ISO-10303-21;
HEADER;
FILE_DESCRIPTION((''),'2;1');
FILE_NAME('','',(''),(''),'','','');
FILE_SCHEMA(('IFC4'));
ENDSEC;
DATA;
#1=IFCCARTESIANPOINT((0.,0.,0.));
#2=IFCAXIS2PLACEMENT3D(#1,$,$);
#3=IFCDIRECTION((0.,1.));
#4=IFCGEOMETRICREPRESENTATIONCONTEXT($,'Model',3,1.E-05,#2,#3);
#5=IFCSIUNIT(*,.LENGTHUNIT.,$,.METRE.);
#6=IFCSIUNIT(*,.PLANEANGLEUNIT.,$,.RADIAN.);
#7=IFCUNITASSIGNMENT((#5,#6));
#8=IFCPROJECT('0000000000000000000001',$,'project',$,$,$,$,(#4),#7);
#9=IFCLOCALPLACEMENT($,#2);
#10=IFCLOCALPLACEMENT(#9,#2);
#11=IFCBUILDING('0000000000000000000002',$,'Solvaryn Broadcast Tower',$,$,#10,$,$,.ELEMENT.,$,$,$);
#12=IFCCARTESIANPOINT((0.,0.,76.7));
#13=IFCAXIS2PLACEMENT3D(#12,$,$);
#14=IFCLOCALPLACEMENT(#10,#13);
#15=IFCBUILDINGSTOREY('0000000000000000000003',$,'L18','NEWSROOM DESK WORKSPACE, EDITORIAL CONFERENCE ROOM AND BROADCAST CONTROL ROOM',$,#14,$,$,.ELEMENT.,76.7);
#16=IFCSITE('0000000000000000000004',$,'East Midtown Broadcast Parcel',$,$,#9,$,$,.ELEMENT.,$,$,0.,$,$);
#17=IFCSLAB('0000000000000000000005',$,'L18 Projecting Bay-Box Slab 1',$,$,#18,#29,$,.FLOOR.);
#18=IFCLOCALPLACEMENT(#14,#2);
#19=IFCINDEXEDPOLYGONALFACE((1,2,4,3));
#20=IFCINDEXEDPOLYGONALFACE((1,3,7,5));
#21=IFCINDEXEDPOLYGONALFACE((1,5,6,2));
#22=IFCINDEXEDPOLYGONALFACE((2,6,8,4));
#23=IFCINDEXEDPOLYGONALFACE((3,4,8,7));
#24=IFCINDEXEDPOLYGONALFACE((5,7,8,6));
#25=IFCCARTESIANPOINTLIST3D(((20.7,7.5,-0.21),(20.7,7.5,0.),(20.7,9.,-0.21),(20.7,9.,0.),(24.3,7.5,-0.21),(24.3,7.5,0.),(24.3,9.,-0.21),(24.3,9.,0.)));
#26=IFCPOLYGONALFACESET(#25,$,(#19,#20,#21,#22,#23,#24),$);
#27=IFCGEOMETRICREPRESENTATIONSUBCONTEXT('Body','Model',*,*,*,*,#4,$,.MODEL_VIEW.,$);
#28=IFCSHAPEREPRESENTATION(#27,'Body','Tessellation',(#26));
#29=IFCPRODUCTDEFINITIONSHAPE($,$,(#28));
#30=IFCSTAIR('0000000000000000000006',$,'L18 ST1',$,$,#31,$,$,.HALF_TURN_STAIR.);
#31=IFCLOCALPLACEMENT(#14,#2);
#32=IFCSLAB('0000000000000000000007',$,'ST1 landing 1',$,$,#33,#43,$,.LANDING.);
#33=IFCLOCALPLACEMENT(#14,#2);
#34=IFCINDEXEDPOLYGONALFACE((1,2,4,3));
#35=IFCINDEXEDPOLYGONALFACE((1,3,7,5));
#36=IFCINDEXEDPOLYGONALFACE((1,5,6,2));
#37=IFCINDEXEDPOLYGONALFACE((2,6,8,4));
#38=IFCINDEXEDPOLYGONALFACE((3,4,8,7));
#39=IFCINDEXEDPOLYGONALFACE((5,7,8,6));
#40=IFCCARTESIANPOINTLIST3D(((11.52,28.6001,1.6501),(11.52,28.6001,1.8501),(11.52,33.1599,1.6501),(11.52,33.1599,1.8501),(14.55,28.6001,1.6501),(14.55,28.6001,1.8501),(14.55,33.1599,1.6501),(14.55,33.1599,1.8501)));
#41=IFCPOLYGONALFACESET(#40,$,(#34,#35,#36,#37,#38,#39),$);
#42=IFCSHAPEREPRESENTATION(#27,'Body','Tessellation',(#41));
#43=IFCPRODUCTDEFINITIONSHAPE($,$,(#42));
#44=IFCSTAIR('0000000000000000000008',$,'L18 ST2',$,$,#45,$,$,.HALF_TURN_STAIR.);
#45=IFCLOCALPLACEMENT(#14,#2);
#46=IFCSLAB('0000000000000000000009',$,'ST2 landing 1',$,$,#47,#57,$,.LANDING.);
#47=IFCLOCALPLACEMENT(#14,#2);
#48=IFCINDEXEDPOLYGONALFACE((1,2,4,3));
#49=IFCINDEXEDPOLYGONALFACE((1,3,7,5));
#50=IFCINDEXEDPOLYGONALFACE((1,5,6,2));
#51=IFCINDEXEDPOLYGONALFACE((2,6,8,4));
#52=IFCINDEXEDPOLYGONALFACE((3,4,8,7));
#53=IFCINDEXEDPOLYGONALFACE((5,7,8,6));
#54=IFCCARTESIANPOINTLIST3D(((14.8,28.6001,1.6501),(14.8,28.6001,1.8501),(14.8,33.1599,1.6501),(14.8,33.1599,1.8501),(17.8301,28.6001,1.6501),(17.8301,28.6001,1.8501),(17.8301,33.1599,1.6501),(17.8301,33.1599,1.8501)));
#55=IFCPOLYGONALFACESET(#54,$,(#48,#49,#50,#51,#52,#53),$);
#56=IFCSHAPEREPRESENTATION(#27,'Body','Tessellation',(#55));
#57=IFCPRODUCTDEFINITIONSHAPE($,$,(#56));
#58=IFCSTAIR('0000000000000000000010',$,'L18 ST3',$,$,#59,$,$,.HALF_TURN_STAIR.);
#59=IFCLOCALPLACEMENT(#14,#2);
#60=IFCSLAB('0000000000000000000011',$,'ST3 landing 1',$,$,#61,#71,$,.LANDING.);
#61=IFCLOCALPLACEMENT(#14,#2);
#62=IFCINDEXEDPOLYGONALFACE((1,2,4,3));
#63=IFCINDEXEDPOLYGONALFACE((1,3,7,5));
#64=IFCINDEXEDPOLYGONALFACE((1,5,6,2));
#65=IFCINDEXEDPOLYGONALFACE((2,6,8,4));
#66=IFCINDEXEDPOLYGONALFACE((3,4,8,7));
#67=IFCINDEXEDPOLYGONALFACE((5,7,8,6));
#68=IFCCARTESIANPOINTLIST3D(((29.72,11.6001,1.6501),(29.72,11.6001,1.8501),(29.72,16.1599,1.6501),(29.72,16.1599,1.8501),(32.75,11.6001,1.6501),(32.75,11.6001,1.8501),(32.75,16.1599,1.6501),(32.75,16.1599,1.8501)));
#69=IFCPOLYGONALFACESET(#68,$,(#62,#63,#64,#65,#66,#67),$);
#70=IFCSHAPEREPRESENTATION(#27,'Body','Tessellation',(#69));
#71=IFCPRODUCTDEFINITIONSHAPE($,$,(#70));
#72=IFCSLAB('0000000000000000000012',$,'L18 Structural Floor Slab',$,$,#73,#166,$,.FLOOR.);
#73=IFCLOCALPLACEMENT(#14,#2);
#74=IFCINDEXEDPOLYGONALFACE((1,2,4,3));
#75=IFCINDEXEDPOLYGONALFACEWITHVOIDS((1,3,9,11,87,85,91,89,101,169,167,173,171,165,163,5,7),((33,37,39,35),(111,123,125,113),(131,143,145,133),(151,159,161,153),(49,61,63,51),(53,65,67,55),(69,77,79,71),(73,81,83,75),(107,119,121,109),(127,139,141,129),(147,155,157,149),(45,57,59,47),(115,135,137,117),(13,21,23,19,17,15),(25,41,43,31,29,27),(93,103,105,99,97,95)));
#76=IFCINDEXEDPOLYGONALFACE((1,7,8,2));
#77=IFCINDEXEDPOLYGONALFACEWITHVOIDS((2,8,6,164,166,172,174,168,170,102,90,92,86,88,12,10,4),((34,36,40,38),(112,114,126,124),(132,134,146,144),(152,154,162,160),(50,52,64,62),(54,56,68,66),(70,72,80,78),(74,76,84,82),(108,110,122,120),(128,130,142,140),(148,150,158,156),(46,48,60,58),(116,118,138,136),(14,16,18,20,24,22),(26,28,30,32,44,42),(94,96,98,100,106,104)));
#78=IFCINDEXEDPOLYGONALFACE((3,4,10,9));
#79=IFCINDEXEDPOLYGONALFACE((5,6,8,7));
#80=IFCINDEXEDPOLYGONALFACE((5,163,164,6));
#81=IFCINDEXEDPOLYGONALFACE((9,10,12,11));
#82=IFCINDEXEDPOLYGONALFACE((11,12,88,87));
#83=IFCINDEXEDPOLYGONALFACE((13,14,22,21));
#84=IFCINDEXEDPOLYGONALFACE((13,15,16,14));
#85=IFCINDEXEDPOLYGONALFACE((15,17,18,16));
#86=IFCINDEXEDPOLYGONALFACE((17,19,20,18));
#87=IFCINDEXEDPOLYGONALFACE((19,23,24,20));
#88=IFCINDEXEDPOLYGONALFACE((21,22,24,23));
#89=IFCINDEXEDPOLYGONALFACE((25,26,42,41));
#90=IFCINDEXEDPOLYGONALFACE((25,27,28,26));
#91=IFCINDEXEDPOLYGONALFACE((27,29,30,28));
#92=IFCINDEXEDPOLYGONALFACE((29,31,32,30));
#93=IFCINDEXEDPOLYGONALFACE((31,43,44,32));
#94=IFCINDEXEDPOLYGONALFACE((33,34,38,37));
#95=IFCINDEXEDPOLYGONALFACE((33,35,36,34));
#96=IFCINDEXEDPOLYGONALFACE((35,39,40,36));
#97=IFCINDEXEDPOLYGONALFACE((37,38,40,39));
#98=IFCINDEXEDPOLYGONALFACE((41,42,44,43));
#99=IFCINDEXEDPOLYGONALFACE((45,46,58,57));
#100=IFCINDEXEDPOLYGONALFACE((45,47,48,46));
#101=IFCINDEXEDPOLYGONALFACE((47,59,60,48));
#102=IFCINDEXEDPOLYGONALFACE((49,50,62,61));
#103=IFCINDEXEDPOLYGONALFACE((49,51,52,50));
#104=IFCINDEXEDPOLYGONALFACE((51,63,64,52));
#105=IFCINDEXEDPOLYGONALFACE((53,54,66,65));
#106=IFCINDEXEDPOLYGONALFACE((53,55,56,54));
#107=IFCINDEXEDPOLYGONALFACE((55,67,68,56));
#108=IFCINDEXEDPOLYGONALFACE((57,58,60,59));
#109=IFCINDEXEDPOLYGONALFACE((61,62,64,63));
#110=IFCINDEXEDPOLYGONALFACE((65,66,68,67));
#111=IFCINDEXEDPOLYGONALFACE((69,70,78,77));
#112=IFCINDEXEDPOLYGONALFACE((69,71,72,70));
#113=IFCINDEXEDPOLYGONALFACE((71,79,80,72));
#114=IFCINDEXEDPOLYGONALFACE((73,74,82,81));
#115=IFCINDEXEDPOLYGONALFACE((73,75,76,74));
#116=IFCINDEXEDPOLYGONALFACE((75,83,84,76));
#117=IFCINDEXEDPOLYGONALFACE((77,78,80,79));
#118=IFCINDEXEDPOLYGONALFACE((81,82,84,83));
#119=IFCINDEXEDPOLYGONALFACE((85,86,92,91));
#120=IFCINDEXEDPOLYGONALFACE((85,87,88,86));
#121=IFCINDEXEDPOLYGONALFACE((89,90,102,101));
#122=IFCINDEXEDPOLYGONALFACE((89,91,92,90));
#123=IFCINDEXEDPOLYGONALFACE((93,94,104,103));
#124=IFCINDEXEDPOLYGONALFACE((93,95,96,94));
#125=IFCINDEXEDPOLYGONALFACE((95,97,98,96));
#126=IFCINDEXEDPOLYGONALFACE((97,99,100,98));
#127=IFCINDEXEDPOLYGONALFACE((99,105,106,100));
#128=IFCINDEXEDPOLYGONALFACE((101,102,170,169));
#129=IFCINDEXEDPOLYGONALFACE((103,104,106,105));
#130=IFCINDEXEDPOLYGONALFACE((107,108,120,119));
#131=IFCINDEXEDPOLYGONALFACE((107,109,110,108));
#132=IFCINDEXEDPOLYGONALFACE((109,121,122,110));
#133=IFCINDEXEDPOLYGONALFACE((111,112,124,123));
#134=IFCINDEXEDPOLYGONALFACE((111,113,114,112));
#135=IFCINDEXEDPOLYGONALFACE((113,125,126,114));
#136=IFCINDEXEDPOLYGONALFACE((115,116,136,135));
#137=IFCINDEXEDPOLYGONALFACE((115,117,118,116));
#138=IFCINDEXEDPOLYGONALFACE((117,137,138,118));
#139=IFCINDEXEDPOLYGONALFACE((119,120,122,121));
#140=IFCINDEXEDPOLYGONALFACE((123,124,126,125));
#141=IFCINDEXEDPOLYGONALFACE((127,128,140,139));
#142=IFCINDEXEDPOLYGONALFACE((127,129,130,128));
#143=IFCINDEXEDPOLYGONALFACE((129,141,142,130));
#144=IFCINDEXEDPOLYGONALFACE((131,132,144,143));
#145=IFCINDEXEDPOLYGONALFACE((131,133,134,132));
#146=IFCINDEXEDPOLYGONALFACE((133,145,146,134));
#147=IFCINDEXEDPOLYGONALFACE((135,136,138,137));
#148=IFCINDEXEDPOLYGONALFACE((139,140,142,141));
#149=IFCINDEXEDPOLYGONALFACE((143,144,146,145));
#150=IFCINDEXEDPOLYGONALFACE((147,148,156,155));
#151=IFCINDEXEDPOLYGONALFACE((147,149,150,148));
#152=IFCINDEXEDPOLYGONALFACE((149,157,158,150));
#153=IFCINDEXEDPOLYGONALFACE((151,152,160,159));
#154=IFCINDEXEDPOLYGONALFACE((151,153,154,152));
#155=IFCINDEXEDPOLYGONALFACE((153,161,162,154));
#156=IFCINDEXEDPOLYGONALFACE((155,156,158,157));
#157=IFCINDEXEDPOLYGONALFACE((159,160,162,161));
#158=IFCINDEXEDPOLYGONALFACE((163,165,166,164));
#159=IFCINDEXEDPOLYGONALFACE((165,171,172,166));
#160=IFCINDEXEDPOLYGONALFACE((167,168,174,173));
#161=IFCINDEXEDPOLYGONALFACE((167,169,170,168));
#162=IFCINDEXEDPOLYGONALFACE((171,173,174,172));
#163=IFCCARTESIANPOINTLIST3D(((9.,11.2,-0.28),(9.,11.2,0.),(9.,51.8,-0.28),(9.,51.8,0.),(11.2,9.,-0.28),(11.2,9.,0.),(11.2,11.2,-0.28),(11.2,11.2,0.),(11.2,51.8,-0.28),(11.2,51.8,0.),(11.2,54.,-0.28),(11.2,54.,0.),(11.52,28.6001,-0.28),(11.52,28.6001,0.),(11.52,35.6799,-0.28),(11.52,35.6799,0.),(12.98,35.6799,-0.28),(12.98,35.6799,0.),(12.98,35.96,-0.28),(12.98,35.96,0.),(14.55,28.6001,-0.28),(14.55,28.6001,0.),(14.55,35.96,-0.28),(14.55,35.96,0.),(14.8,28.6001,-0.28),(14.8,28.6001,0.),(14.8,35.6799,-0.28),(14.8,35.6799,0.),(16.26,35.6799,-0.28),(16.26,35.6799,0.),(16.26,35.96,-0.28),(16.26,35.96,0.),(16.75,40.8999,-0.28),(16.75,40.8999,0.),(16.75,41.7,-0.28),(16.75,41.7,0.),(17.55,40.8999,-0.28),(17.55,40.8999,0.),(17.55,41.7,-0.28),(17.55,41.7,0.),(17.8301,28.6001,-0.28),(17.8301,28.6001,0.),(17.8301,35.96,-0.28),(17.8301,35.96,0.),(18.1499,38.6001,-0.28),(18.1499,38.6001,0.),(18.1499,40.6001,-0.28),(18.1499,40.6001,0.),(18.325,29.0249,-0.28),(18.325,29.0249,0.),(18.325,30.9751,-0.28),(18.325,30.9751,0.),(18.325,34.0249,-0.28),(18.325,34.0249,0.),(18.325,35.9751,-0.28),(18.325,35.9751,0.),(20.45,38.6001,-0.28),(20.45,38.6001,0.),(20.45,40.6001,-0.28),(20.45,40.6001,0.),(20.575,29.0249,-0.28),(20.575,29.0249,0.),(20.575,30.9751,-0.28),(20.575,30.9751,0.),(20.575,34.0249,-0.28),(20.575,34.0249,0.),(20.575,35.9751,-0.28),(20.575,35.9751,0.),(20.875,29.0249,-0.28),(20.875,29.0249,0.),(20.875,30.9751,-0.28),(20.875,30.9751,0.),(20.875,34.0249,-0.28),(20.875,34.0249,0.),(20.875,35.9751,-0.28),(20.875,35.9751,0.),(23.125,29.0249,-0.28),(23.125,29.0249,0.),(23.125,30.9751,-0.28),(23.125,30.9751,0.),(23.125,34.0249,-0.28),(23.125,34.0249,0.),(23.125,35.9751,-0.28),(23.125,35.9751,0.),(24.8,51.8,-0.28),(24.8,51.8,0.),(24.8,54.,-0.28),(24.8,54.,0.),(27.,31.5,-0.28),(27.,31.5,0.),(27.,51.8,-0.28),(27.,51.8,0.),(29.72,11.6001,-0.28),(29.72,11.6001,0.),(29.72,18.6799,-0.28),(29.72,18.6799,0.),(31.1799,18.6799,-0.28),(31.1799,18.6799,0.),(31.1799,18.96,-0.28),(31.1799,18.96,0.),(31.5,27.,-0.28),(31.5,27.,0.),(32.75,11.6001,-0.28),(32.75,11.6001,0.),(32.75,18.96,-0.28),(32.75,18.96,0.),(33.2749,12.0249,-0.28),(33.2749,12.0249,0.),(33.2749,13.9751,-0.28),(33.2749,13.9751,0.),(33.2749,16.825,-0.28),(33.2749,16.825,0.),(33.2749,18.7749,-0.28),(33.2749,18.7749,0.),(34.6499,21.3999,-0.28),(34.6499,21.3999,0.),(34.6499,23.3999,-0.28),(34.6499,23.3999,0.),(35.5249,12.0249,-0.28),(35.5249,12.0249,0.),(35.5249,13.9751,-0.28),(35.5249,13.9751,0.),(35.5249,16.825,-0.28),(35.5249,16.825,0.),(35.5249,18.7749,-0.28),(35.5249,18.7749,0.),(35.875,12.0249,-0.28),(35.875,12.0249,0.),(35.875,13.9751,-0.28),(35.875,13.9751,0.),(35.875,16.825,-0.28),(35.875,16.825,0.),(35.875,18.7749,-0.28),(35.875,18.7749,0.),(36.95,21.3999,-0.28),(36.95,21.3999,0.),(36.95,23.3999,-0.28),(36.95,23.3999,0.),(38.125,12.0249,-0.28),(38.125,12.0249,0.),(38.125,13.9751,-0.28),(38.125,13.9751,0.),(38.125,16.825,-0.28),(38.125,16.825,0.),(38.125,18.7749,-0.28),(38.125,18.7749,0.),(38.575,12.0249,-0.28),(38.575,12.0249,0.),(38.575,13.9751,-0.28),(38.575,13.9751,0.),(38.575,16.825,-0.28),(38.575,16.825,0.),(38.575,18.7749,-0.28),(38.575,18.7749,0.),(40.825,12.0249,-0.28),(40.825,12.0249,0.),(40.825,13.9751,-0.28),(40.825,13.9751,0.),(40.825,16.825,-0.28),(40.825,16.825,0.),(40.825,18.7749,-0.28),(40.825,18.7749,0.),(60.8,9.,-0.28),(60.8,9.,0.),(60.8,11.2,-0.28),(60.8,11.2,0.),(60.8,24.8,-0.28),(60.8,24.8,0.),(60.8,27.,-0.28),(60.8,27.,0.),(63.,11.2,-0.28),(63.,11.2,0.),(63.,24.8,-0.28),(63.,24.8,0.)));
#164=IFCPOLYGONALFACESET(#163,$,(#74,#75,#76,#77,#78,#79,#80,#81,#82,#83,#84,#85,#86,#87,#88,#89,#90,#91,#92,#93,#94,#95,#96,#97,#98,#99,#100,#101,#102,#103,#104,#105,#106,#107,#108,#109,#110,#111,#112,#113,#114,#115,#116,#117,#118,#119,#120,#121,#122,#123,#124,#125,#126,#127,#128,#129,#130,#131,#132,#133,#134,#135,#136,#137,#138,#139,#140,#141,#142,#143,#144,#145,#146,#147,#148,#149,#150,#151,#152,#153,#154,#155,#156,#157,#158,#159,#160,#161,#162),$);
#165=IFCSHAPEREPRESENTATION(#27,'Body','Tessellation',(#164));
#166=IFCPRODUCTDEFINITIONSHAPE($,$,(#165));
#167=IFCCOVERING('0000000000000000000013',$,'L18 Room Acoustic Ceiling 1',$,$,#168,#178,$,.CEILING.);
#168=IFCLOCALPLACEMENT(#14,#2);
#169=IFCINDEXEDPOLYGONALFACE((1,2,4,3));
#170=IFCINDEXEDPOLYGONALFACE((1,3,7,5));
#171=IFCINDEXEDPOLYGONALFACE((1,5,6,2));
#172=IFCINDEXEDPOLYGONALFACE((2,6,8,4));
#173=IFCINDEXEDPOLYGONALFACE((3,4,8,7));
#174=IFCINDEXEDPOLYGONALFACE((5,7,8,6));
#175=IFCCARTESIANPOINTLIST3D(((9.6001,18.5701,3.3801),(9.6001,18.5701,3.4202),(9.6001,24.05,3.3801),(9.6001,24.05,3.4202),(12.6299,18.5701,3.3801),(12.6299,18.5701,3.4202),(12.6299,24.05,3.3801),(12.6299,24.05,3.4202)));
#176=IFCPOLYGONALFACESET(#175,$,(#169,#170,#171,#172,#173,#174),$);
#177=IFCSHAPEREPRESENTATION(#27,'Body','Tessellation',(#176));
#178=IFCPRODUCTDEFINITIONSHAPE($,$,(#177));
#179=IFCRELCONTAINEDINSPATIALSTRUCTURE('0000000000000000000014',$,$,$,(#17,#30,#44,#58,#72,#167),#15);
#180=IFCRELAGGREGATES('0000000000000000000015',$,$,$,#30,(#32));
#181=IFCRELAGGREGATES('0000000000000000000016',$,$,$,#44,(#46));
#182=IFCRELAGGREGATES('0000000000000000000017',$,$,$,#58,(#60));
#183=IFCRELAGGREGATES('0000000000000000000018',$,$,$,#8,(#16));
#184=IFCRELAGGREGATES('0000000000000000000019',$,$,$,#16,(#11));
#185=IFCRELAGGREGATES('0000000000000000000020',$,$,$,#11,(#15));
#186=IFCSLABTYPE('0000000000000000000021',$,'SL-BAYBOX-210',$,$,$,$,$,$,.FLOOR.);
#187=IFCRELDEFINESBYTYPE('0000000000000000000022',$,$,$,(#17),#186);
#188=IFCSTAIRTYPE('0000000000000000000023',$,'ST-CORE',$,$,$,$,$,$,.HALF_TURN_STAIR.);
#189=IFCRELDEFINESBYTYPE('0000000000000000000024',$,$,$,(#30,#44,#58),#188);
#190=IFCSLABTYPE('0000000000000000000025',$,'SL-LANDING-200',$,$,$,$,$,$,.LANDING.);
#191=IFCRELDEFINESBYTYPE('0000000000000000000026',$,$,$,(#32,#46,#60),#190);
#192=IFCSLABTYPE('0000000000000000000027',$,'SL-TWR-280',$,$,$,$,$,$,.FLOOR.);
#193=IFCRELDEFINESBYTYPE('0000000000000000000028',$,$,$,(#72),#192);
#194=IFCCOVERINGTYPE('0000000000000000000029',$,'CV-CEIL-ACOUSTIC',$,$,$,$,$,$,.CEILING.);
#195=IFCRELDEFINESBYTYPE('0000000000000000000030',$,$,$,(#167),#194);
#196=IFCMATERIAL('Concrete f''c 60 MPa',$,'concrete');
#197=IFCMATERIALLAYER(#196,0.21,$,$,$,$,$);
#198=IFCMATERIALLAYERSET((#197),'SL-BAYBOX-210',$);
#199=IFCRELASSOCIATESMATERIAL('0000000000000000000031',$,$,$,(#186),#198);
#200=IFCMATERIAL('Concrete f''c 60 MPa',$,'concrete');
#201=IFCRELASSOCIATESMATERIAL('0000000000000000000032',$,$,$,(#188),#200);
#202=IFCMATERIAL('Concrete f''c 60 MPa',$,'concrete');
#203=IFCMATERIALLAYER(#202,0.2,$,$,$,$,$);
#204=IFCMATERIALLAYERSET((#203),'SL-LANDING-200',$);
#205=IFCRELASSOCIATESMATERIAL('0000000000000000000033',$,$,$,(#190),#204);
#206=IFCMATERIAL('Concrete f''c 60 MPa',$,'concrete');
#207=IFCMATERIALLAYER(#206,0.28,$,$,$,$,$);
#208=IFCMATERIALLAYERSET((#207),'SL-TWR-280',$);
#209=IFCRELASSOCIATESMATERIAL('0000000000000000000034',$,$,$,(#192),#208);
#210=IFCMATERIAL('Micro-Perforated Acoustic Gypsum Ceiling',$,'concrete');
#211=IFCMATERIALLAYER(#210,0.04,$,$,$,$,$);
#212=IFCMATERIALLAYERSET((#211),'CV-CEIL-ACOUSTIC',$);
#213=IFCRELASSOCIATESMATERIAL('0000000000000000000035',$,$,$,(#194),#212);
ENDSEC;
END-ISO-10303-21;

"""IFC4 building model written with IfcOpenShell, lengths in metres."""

from ifc_helpers import new_model, si_unit, direction, frame, origin, place, context, subcontext, project, spatial, polyline, outline, extrude, material, layer, layer_set, type_object, element, aggregate, save


model = new_model("IFC4")

# Units and contexts
model_context = context("Model", 3, precision=1e-05, world=origin(), true_north=direction((0.0, 1.0)))
body_context = subcontext(model_context, "Body", "Model", "MODEL_VIEW")
ifc_project = project(units=[si_unit("LENGTHUNIT", "METRE"), si_unit("PLANEANGLEUNIT", "RADIAN")], contexts=[model_context])

# Site, building, storey
site_placement = place(None, origin())
site = spatial("IfcSite", under=ifc_project, at=site_placement, Name="East Midtown Broadcast Parcel", CompositionType="ELEMENT", RefElevation=0.0)
building_placement = place(site_placement, origin())
building = spatial("IfcBuilding", under=site, at=building_placement, Name="Solvaryn Broadcast Tower", CompositionType="ELEMENT")
storey_placement = place(building_placement, frame((0.0, 0.0, 76.7)))
storey = spatial("IfcBuildingStorey", under=building, at=storey_placement, Name="L18", Description="NEWSROOM DESK WORKSPACE, EDITORIAL CONFERENCE ROOM AND BROADCAST CONTROL ROOM", CompositionType="ELEMENT", Elevation=76.7)

# Slab
ifc_material_1 = material(Name="Concrete f'c 60 MPa", Category="concrete")
ifc_layer_1 = layer(ifc_material_1, 0.21)
ifc_layer_set_1 = layer_set([ifc_layer_1], Name="SL-BAYBOX-210")
slab_type_1 = type_object("IfcSlabType", Name="SL-BAYBOX-210", PredefinedType="FLOOR", material=ifc_layer_set_1)
slab_1_placement = place(storey_placement, frame((0.0, 0.0, -0.21)))
element("IfcSlab", 1, at=slab_1_placement, inside=storey, type_object=slab_type_1, Name="L18 Projecting Bay-Box Slab 1", PredefinedType="FLOOR", context=body_context, shape_type="SweptSolid", body=[
    extrude(outline(polyline([(20.7, 7.5), (24.3, 7.5), (24.3, 9.0), (20.7, 9.0), (20.7, 7.5)])), origin(), (0.0, 0.0, 1.0), 0.21),
])

# Stairs, slabs
ifc_material_2 = material(Name="Concrete f'c 60 MPa", Category="concrete")
stair_type = type_object("IfcStairType", Name="ST-CORE", PredefinedType="HALF_TURN_STAIR", material=ifc_material_2)
stair_1_placement = place(storey_placement, origin())
stair_1 = element("IfcStair", 2, at=stair_1_placement, inside=storey, type_object=stair_type, Name="L18 ST1", PredefinedType="HALF_TURN_STAIR")
ifc_material_3 = material(Name="Concrete f'c 60 MPa", Category="concrete")
ifc_layer_2 = layer(ifc_material_3, 0.2)
ifc_layer_set_2 = layer_set([ifc_layer_2], Name="SL-LANDING-200")
slab_type_2 = type_object("IfcSlabType", Name="SL-LANDING-200", PredefinedType="LANDING", material=ifc_layer_set_2)
slab_2_placement = place(storey_placement, frame((0.0, 0.0, 1.6501)))
slab_2 = element("IfcSlab", 3, at=slab_2_placement, type_object=slab_type_2, Name="ST1 landing 1", PredefinedType="LANDING", context=body_context, shape_type="SweptSolid", body=[
    extrude(outline(polyline([(11.52, 33.1599), (11.52, 28.6001), (14.55, 28.6001), (14.55, 33.1599), (11.52, 33.1599)])), origin(), (0.0, 0.0, 1.0), 0.2),
])
aggregate(stair_1, [slab_2])
stair_2_placement = place(storey_placement, origin())
stair_2 = element("IfcStair", 4, at=stair_2_placement, inside=storey, type_object=stair_type, Name="L18 ST2", PredefinedType="HALF_TURN_STAIR")
slab_3_placement = place(storey_placement, frame((0.0, 0.0, 1.6501)))
slab_3 = element("IfcSlab", 5, at=slab_3_placement, type_object=slab_type_2, Name="ST2 landing 1", PredefinedType="LANDING", context=body_context, shape_type="SweptSolid", body=[
    extrude(outline(polyline([(14.8, 33.1599), (14.8, 28.6001), (17.8301, 28.6001), (17.8301, 33.1599), (14.8, 33.1599)])), origin(), (0.0, 0.0, 1.0), 0.2),
])
aggregate(stair_2, [slab_3])
stair_3_placement = place(storey_placement, origin())
stair_3 = element("IfcStair", 6, at=stair_3_placement, inside=storey, type_object=stair_type, Name="L18 ST3", PredefinedType="HALF_TURN_STAIR")
slab_4_placement = place(storey_placement, frame((0.0, 0.0, 1.6501)))
slab_4 = element("IfcSlab", 7, at=slab_4_placement, type_object=slab_type_2, Name="ST3 landing 1", PredefinedType="LANDING", context=body_context, shape_type="SweptSolid", body=[
    extrude(outline(polyline([(29.72, 16.1599), (29.72, 11.6001), (32.75, 11.6001), (32.75, 16.1599), (29.72, 16.1599)])), origin(), (0.0, 0.0, 1.0), 0.2),
])
aggregate(stair_3, [slab_4])

# Slab
ifc_material_4 = material(Name="Concrete f'c 60 MPa", Category="concrete")
ifc_layer_3 = layer(ifc_material_4, 0.28)
ifc_layer_set_3 = layer_set([ifc_layer_3], Name="SL-TWR-280")
slab_type_3 = type_object("IfcSlabType", Name="SL-TWR-280", PredefinedType="FLOOR", material=ifc_layer_set_3)
slab_5_placement = place(storey_placement, frame((0.0, 0.0, -0.28)))
element("IfcSlab", 8, at=slab_5_placement, inside=storey, type_object=slab_type_3, Name="L18 Structural Floor Slab", PredefinedType="FLOOR", context=body_context, shape_type="SweptSolid", body=[
    extrude(outline(polyline([(11.2, 9.0), (60.8, 9.0), (60.8, 11.2), (63.0, 11.2), (63.0, 24.8), (60.8, 24.8), (60.8, 27.0), (31.5, 27.0), (27.0, 31.5), (27.0, 51.8), (24.8, 51.8), (24.8, 54.0), (11.2, 54.0), (11.2, 51.8), (9.0, 51.8), (9.0, 11.2), (11.2, 11.2), (11.2, 9.0)]), holes=[polyline([(11.52, 28.6001), (14.55, 28.6001), (14.55, 35.96), (12.98, 35.96), (12.98, 35.6799), (11.52, 35.6799), (11.52, 28.6001)]), polyline([(14.8, 28.6001), (17.8301, 28.6001), (17.8301, 35.96), (16.26, 35.96), (16.26, 35.6799), (14.8, 35.6799), (14.8, 28.6001)]), polyline([(29.72, 11.6001), (32.75, 11.6001), (32.75, 18.96), (31.1799, 18.96), (31.1799, 18.6799), (29.72, 18.6799), (29.72, 11.6001)]), polyline([(18.1499, 38.6001), (20.45, 38.6001), (20.45, 40.6001), (18.1499, 40.6001), (18.1499, 38.6001)]), polyline([(18.325, 29.0249), (20.575, 29.0249), (20.575, 30.9751), (18.325, 30.9751), (18.325, 29.0249)]), polyline([(20.875, 29.0249), (23.125, 29.0249), (23.125, 30.9751), (20.875, 30.9751), (20.875, 29.0249)]), polyline([(18.325, 34.0249), (20.575, 34.0249), (20.575, 35.9751), (18.325, 35.9751), (18.325, 34.0249)]), polyline([(20.875, 34.0249), (23.125, 34.0249), (23.125, 35.9751), (20.875, 35.9751), (20.875, 34.0249)]), polyline([(34.6499, 21.3999), (36.95, 21.3999), (36.95, 23.3999), (34.6499, 23.3999), (34.6499, 21.3999)]), polyline([(33.2749, 12.0249), (35.5249, 12.0249), (35.5249, 13.9751), (33.2749, 13.9751), (33.2749, 12.0249)]), polyline([(35.875, 12.0249), (38.125, 12.0249), (38.125, 13.9751), (35.875, 13.9751), (35.875, 12.0249)]), polyline([(33.2749, 16.825), (35.5249, 16.825), (35.5249, 18.7749), (33.2749, 18.7749), (33.2749, 16.825)]), polyline([(35.875, 16.825), (38.125, 16.825), (38.125, 18.7749), (35.875, 18.7749), (35.875, 16.825)]), polyline([(38.575, 12.0249), (40.825, 12.0249), (40.825, 13.9751), (38.575, 13.9751), (38.575, 12.0249)]), polyline([(38.575, 16.825), (40.825, 16.825), (40.825, 18.7749), (38.575, 18.7749), (38.575, 16.825)]), polyline([(16.75, 40.8999), (17.55, 40.8999), (17.55, 41.7), (16.75, 41.7), (16.75, 40.8999)])]), origin(), (0.0, 0.0, 1.0), 0.28),
])

# Covering
ifc_material_5 = material(Name="Micro-Perforated Acoustic Gypsum Ceiling", Category="concrete")
ifc_layer_4 = layer(ifc_material_5, 0.04)
ifc_layer_set_4 = layer_set([ifc_layer_4], Name="CV-CEIL-ACOUSTIC")
covering_type_1 = type_object("IfcCoveringType", Name="CV-CEIL-ACOUSTIC", PredefinedType="CEILING", material=ifc_layer_set_4)
covering_1_placement = place(storey_placement, frame((0.0, 0.0, 3.3801)))
element("IfcCovering", 9, at=covering_1_placement, inside=storey, type_object=covering_type_1, Name="L18 Room Acoustic Ceiling 1", PredefinedType="CEILING", context=body_context, shape_type="SweptSolid", body=[
    extrude(outline(polyline([(9.6001, 18.5701), (12.6299, 18.5701), (12.6299, 24.05), (9.6001, 24.05), (9.6001, 18.5701)])), origin(), (0.0, 0.0, 1.0), 0.04),
])

save(model, "model.ifc")
